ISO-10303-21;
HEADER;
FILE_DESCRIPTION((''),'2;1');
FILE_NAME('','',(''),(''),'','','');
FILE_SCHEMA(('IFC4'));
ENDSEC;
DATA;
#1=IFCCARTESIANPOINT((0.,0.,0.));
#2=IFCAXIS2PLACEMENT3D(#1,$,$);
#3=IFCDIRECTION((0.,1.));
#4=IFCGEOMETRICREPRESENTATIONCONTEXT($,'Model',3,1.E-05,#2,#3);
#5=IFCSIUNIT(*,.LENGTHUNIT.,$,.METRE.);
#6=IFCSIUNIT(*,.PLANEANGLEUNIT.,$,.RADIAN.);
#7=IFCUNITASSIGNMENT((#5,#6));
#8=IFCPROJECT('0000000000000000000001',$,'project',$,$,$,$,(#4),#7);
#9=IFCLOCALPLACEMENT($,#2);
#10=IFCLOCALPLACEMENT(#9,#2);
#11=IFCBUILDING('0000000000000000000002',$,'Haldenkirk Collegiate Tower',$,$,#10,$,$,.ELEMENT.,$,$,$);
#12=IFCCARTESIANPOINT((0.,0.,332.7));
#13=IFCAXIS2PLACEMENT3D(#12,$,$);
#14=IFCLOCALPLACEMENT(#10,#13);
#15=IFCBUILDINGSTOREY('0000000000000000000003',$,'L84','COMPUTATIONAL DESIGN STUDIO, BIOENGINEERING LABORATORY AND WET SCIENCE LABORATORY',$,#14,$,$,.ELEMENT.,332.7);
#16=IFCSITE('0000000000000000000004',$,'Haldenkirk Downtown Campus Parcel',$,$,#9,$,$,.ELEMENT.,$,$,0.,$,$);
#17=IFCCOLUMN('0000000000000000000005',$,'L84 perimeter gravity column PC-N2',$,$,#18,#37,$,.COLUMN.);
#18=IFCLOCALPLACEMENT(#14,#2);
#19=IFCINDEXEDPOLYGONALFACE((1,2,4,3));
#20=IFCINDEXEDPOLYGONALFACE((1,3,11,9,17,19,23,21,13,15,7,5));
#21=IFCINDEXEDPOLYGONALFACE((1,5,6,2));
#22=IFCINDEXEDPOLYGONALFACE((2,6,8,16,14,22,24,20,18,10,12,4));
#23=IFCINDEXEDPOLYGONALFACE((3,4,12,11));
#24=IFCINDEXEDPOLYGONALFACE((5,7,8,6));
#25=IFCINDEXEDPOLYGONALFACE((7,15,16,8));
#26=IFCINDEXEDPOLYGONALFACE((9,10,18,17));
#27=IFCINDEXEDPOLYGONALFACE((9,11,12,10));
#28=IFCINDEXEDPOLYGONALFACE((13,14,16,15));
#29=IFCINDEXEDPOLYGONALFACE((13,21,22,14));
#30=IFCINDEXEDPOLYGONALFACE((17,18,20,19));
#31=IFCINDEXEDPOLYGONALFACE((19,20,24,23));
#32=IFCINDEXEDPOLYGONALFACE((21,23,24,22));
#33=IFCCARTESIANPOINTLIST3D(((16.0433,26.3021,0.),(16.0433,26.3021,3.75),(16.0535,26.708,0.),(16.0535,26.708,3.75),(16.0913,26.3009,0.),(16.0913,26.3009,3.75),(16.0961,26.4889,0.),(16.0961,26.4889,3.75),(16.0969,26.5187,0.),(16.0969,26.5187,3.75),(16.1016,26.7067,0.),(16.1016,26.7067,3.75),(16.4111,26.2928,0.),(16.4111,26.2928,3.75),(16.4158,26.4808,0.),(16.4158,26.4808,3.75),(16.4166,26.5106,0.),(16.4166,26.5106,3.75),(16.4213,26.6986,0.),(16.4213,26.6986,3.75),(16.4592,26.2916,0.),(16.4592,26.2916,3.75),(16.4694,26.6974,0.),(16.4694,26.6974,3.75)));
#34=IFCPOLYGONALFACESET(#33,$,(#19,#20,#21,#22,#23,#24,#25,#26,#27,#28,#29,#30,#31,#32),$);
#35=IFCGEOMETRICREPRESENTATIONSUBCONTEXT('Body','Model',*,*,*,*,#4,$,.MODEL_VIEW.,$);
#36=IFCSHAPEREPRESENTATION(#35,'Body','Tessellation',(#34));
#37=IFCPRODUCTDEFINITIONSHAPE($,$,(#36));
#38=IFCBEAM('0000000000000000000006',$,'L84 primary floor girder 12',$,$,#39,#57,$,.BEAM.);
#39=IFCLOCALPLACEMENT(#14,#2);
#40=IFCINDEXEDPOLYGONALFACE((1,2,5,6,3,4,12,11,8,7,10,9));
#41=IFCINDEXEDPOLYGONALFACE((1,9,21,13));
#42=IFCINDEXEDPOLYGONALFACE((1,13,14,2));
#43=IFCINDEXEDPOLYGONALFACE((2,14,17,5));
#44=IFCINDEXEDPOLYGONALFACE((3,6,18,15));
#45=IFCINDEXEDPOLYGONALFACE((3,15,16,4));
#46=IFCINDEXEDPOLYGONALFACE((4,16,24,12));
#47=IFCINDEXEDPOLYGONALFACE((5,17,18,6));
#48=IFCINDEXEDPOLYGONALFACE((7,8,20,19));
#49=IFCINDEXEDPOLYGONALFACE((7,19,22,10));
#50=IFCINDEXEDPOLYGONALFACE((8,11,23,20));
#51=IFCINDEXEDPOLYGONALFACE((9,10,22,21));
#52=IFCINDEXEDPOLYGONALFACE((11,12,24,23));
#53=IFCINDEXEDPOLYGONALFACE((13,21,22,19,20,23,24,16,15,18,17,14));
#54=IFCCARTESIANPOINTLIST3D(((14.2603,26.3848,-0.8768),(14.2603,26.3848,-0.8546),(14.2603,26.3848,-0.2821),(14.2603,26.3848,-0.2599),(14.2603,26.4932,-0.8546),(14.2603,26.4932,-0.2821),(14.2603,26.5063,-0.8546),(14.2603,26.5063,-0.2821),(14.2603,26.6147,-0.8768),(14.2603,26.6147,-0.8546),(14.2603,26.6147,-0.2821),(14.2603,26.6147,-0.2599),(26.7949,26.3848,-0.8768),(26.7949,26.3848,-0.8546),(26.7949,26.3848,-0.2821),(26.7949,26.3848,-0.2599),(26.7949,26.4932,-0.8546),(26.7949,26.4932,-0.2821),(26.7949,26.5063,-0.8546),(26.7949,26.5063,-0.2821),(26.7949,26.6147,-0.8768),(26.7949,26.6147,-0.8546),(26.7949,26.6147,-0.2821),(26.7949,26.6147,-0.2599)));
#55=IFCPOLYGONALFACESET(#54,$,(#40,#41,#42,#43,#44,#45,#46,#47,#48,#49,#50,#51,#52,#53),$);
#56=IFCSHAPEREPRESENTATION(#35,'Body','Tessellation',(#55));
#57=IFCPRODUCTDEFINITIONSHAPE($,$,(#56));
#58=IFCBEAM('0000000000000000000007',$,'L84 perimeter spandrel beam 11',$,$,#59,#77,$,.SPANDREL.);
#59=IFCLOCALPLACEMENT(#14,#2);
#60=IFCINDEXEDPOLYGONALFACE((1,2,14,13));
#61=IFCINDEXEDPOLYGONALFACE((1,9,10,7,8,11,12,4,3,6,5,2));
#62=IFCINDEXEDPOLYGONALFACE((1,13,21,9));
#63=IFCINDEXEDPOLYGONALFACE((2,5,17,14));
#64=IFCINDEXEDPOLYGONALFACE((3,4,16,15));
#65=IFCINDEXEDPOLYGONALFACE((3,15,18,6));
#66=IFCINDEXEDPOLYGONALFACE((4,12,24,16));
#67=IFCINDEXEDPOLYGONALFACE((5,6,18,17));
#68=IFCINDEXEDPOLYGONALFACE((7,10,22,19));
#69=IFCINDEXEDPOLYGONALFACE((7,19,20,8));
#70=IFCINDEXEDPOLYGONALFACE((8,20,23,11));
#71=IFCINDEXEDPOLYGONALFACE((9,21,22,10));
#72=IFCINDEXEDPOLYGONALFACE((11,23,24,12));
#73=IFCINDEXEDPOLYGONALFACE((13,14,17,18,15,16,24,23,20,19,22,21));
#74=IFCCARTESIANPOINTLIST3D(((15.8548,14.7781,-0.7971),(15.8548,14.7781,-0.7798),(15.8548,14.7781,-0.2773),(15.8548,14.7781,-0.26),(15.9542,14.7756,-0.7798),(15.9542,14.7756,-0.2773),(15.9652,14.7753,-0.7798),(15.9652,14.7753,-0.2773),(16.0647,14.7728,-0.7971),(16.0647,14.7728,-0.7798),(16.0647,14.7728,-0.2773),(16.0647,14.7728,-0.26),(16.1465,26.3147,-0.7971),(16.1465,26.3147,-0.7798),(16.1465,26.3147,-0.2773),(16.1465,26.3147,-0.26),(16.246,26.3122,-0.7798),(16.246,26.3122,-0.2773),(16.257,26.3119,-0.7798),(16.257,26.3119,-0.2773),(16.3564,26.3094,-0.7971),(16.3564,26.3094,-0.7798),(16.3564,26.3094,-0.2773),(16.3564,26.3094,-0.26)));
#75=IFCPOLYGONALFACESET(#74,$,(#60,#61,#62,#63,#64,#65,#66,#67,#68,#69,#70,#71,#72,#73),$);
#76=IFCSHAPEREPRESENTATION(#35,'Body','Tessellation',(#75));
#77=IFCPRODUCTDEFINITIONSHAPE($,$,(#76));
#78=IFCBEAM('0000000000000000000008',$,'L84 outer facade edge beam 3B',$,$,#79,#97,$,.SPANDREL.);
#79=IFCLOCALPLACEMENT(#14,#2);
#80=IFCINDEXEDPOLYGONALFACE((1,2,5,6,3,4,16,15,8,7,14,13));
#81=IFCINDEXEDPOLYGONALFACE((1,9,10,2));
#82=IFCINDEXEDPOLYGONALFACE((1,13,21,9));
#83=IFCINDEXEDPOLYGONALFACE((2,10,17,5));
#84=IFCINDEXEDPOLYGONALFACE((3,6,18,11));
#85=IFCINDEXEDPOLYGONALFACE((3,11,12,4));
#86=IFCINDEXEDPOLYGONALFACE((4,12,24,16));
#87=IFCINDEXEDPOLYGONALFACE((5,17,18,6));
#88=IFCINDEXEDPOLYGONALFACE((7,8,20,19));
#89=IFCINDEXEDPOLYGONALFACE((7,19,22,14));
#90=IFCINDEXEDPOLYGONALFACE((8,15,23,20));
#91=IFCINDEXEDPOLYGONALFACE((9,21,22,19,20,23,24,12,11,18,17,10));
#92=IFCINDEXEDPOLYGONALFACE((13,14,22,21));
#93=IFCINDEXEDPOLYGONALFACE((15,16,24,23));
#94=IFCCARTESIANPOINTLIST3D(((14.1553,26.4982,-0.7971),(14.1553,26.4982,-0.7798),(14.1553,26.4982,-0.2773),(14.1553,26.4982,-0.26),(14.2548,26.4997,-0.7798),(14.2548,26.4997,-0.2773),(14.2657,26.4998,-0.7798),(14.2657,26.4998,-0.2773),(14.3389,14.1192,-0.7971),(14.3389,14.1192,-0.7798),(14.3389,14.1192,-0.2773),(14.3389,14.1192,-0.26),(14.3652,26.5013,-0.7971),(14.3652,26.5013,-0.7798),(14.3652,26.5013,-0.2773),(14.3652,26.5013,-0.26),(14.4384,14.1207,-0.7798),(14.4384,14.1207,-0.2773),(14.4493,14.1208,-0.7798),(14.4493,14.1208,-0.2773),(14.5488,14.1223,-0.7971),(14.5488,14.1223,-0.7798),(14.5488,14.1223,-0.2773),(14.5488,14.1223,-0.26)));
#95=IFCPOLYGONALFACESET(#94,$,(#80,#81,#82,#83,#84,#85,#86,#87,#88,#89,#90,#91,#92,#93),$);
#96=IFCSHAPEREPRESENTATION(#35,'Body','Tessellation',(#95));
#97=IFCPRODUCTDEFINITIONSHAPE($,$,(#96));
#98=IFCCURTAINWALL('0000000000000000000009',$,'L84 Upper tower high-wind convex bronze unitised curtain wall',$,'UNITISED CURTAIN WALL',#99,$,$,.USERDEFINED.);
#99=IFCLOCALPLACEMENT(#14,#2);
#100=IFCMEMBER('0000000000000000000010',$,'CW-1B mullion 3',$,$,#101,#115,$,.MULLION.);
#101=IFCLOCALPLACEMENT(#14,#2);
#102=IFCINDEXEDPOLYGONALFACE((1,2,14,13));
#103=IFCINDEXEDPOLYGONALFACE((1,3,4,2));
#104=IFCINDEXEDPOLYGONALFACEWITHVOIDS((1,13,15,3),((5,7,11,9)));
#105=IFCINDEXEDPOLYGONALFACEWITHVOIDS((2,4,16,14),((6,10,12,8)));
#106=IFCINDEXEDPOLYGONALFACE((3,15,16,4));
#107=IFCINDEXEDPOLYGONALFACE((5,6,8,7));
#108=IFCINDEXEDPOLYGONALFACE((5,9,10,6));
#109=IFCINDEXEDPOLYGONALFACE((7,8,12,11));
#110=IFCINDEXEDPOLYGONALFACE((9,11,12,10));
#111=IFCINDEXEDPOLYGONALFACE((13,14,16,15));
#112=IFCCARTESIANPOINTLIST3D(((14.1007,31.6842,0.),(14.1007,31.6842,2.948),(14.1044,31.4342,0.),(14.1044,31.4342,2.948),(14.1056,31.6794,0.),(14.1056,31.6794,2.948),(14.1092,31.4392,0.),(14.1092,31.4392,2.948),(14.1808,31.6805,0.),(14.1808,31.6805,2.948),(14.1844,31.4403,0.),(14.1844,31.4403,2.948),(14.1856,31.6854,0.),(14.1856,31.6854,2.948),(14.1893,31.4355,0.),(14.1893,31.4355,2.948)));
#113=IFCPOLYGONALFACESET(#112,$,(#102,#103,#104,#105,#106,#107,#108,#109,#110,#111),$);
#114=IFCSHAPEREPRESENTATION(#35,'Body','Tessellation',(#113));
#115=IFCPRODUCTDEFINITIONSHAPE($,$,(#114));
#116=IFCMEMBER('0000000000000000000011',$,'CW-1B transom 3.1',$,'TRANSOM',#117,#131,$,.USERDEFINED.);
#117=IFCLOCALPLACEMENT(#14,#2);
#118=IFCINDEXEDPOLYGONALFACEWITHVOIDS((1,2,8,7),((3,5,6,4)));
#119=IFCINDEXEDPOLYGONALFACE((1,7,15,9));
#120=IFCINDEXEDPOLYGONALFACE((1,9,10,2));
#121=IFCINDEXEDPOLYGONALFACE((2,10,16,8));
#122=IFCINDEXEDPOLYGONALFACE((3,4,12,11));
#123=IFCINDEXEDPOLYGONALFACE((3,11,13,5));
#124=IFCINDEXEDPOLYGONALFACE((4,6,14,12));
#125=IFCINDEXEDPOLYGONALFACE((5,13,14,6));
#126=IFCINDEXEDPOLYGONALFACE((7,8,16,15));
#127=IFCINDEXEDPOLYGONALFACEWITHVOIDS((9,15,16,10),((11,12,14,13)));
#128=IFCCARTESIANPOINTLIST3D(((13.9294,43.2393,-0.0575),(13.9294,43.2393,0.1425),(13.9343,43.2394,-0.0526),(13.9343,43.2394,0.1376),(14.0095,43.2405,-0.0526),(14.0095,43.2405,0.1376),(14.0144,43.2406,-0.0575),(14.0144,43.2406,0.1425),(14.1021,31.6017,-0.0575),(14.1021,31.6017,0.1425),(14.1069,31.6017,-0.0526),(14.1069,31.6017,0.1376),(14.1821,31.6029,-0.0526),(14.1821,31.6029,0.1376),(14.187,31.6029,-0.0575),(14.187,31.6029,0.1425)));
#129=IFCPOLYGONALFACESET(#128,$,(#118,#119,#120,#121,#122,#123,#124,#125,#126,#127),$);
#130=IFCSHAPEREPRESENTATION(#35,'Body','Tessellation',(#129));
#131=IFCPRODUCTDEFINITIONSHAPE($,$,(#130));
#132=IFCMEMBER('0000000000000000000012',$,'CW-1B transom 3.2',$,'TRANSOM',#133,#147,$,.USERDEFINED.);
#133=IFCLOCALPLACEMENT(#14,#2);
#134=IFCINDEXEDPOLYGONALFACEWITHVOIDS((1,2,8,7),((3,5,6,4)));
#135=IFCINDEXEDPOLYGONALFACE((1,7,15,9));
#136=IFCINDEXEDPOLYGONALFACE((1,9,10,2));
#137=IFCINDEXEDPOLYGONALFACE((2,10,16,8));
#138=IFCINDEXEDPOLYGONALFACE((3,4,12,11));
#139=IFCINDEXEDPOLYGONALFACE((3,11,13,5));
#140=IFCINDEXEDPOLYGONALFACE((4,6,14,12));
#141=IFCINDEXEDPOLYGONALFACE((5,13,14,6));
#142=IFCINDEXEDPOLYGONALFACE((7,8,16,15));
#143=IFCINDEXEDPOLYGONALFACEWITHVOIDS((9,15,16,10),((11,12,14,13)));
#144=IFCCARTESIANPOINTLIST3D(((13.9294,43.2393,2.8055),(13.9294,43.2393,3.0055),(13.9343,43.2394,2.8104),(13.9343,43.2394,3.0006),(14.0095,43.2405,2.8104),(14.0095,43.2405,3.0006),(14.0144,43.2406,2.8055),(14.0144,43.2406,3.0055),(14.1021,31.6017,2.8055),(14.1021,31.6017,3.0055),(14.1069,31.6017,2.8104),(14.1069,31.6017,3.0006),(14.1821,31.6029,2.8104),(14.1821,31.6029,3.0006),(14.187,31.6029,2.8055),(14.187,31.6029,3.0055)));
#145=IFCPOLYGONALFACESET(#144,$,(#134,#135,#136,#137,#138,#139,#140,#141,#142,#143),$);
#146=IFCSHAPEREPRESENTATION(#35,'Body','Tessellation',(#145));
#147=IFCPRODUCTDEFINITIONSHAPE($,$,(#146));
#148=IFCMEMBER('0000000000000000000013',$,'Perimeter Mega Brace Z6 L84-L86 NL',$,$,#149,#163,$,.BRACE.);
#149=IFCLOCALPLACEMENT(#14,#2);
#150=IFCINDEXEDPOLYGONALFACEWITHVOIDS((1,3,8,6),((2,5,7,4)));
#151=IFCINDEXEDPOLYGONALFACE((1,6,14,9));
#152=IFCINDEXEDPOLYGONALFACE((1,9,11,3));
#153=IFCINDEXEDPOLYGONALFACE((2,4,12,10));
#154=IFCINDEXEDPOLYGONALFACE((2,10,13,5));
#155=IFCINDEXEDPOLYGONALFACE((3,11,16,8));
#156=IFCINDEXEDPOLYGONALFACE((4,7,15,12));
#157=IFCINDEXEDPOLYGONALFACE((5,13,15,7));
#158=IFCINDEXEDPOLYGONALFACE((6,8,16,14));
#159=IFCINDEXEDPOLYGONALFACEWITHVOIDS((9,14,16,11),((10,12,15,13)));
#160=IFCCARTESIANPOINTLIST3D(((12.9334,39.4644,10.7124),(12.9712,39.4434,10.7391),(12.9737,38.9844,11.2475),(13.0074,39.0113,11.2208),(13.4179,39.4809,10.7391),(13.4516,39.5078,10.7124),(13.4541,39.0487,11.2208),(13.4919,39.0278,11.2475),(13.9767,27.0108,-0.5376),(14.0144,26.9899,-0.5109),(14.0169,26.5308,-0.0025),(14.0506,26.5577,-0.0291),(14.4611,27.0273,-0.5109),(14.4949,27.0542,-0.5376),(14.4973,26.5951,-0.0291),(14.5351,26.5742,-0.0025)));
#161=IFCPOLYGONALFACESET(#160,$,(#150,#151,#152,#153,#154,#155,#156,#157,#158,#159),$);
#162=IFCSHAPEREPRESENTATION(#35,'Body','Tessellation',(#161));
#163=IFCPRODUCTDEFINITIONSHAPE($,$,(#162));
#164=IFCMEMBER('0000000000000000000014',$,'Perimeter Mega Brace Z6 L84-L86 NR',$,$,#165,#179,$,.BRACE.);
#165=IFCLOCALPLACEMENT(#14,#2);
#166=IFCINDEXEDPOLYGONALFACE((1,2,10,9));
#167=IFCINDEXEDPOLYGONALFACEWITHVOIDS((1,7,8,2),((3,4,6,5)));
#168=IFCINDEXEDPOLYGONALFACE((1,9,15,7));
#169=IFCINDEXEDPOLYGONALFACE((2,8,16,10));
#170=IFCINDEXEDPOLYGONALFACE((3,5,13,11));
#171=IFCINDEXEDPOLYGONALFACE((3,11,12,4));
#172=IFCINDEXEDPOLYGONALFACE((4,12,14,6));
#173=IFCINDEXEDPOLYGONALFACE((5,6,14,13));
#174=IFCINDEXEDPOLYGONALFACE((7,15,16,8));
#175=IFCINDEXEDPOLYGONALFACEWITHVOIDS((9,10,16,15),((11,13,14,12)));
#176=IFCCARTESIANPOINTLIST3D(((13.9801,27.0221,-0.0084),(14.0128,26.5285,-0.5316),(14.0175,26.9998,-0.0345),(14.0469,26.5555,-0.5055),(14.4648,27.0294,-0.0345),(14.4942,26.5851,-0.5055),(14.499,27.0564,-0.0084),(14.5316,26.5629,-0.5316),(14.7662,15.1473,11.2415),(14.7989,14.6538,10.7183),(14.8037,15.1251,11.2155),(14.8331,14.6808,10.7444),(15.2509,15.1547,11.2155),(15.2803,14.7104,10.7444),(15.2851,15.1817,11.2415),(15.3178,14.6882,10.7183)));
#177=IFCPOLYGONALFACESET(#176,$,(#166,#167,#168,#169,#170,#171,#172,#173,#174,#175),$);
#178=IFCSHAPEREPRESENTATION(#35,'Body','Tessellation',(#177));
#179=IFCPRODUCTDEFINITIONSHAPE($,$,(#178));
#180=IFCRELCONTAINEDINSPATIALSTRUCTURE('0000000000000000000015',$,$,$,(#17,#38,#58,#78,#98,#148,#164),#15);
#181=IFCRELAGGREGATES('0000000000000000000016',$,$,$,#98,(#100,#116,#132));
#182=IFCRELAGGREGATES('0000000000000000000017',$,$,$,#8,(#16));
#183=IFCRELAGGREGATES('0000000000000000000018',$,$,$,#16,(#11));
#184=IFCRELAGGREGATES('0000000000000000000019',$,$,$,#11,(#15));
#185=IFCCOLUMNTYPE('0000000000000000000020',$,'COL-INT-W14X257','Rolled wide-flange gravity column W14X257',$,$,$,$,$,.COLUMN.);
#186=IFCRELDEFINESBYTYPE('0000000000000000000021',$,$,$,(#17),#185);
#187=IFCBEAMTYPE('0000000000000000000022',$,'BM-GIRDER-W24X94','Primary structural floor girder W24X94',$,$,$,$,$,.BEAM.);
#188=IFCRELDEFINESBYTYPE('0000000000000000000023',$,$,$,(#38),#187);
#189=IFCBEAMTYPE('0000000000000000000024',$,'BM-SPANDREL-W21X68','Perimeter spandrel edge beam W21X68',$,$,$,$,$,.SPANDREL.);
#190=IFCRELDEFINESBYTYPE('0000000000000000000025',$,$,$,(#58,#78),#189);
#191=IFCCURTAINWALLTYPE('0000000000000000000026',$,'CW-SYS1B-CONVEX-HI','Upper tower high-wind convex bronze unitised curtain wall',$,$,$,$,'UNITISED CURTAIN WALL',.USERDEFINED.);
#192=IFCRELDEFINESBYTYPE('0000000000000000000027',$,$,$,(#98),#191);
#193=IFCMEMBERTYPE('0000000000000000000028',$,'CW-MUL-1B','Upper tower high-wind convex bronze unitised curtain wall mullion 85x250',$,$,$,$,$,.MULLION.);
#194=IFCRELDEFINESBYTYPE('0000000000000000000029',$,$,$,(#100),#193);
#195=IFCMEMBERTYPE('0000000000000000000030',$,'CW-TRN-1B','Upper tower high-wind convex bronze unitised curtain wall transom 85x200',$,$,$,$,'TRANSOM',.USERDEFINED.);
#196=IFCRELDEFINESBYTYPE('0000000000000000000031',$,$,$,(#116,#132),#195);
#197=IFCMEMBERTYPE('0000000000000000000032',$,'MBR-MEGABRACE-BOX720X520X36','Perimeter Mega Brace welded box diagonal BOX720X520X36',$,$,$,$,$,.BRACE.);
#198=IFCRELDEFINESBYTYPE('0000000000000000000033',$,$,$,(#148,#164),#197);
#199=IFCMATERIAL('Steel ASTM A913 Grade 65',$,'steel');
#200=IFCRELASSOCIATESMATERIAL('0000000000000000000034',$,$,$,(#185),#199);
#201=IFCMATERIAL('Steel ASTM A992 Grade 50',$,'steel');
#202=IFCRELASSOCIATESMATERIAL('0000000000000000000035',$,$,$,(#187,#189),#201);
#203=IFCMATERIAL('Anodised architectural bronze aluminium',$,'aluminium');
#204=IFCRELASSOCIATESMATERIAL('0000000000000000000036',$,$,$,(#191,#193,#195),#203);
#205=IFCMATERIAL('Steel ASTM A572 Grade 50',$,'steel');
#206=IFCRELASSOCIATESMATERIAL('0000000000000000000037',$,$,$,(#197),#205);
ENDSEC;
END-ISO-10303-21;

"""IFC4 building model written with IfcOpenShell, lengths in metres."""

from ifc_helpers import new_model, si_unit, direction, frame, origin, origin_2d, place, context, subcontext, project, spatial, hollow_rectangle, i_section, extrude, material, material_profile, profile_set, type_object, element, aggregate, save


model = new_model("IFC4")

# Units and contexts
model_context = context("Model", 3, precision=1e-05, world=origin(), true_north=direction((0.0, 1.0)))
body_context = subcontext(model_context, "Body", "Model", "MODEL_VIEW")
ifc_project = project(units=[si_unit("LENGTHUNIT", "METRE"), si_unit("PLANEANGLEUNIT", "RADIAN")], contexts=[model_context])

# Site, building, storey
site_placement = place(None, origin())
site = spatial("IfcSite", under=ifc_project, at=site_placement, Name="Haldenkirk Downtown Campus Parcel", CompositionType="ELEMENT", RefElevation=0.0)
building_placement = place(site_placement, origin())
building = spatial("IfcBuilding", under=site, at=building_placement, Name="Haldenkirk Collegiate Tower", CompositionType="ELEMENT")
storey_placement = place(building_placement, frame((0.0, 0.0, 332.7)))
storey = spatial("IfcBuildingStorey", under=building, at=storey_placement, Name="L84", Description="COMPUTATIONAL DESIGN STUDIO, BIOENGINEERING LABORATORY AND WET SCIENCE LABORATORY", CompositionType="ELEMENT", Elevation=332.7)

# Column
ifc_material_1 = material(Name="Steel ASTM A913 Grade 65", Category="steel")
ifc_material_profile_1 = material_profile(ifc_material_1, i_section(OverallWidth=0.406, OverallDepth=0.416, WebThickness=0.0298, FlangeThickness=0.0481, at=origin_2d()), Name="W14X257")
ifc_profile_set_1 = profile_set([ifc_material_profile_1], Name="Steel ASTM A913 Grade 65")
column_type = type_object("IfcColumnType", Name="COL-INT-W14X257", Description="Rolled wide-flange gravity column W14X257", PredefinedType="COLUMN", material=ifc_profile_set_1)
column_placement = place(storey_placement, frame((16.2563, 26.4998, 0.0), z_axis=(0.0, 0.0, 1.0), x_axis=(0.025305, 0.99968, 0.0)))
element("IfcColumn", 1, at=column_placement, inside=storey, type_object=column_type, Name="L84 perimeter gravity column PC-N2", PredefinedType="COLUMN", context=body_context, shape_type="SweptSolid", body=[
    extrude(i_section(OverallWidth=0.406, OverallDepth=0.416, WebThickness=0.0298, FlangeThickness=0.0481, at=origin_2d()), origin(), (0.0, 0.0, 1.0), 3.75),
])

# Beams
ifc_material_2 = material(Name="Steel ASTM A992 Grade 50", Category="steel")
ifc_material_profile_2 = material_profile(ifc_material_2, i_section(OverallWidth=0.23, OverallDepth=0.6169, WebThickness=0.0132, FlangeThickness=0.0222, at=origin_2d()), Name="W24X94")
ifc_profile_set_2 = profile_set([ifc_material_profile_2], Name="Steel ASTM A992 Grade 50")
beam_type_1 = type_object("IfcBeamType", Name="BM-GIRDER-W24X94", Description="Primary structural floor girder W24X94", PredefinedType="BEAM", material=ifc_profile_set_2)
beam_1_placement = place(storey_placement, frame((14.2603, 26.4998, -0.5684), z_axis=(1.0, 0.0, 0.0), x_axis=(0.0, 1.0, 0.0)))
element("IfcBeam", 2, at=beam_1_placement, inside=storey, type_object=beam_type_1, Name="L84 primary floor girder 12", PredefinedType="BEAM", context=body_context, shape_type="SweptSolid", body=[
    extrude(i_section(OverallWidth=0.23, OverallDepth=0.6169, WebThickness=0.0132, FlangeThickness=0.0222, at=origin_2d()), origin(), (0.0, 0.0, 1.0), 12.5347),
])
ifc_material_profile_3 = material_profile(ifc_material_2, i_section(OverallWidth=0.21, OverallDepth=0.5371, WebThickness=0.011, FlangeThickness=0.0173, at=origin_2d()), Name="W21X68")
ifc_profile_set_3 = profile_set([ifc_material_profile_3], Name="Steel ASTM A992 Grade 50")
beam_type_2 = type_object("IfcBeamType", Name="BM-SPANDREL-W21X68", Description="Perimeter spandrel edge beam W21X68", PredefinedType="SPANDREL", material=ifc_profile_set_3)
beam_2_placement = place(storey_placement, frame((16.2515, 26.312, -0.5286), z_axis=(-0.025281, -0.99968, 0.0), x_axis=(0.99968, -0.025281, 0.0)))
element("IfcBeam", 3, at=beam_2_placement, inside=storey, type_object=beam_type_2, Name="L84 perimeter spandrel beam 11", PredefinedType="SPANDREL", context=body_context, shape_type="SweptSolid", body=[
    extrude(i_section(OverallWidth=0.21, OverallDepth=0.5371, WebThickness=0.011, FlangeThickness=0.0173, at=origin_2d()), origin(), (0.0, 0.0, 1.0), 11.5403),
])
beam_3_placement = place(storey_placement, frame((14.2603, 26.4998, -0.5286), z_axis=(0.01483, -0.99989, 0.0), x_axis=(0.99989, 0.01483, 0.0)))
element("IfcBeam", 4, at=beam_3_placement, inside=storey, type_object=beam_type_2, Name="L84 outer facade edge beam 3B", PredefinedType="SPANDREL", context=body_context, shape_type="SweptSolid", body=[
    extrude(i_section(OverallWidth=0.21, OverallDepth=0.5371, WebThickness=0.011, FlangeThickness=0.0173, at=origin_2d()), origin(), (0.0, 0.0, 1.0), 12.3804),
])

# Curtain wall, members
ifc_material_3 = material(Name="Anodised architectural bronze aluminium", Category="aluminium")
curtain_wall_type = type_object("IfcCurtainWallType", Name="CW-SYS1B-CONVEX-HI", Description="Upper tower high-wind convex bronze unitised curtain wall", ElementType="UNITISED CURTAIN WALL", PredefinedType="USERDEFINED", material=ifc_material_3)
curtain_wall_placement = place(storey_placement, origin())
curtain_wall = element("IfcCurtainWall", 5, at=curtain_wall_placement, inside=storey, type_object=curtain_wall_type, Name="L84 Upper tower high-wind convex bronze unitised curtain wall", ObjectType="UNITISED CURTAIN WALL", PredefinedType="USERDEFINED")
ifc_material_profile_4 = material_profile(ifc_material_3, hollow_rectangle(XDim=0.085, YDim=0.25, WallThickness=0.0049, at=origin_2d()), Name="CW-MUL-1B")
ifc_profile_set_4 = profile_set([ifc_material_profile_4], Name="Anodised architectural bronze aluminium")
member_type_1 = type_object("IfcMemberType", Name="CW-MUL-1B", Description="Upper tower high-wind convex bronze unitised curtain wall mullion 85x250", PredefinedType="MULLION", material=ifc_profile_set_4)
member_1_placement = place(storey_placement, frame((14.145, 31.5598, 0.0), z_axis=(0.0, 0.0, 1.0), x_axis=(-0.99989, -0.014833, 0.0)))
member_1 = element("IfcMember", 6, at=member_1_placement, type_object=member_type_1, Name="CW-1B mullion 3", PredefinedType="MULLION", context=body_context, shape_type="SweptSolid", body=[
    extrude(hollow_rectangle(XDim=0.085, YDim=0.25, WallThickness=0.0049, at=origin_2d()), origin(), (0.0, 0.0, 1.0), 2.948),
])
ifc_material_profile_5 = material_profile(ifc_material_3, hollow_rectangle(XDim=0.085, YDim=0.2, WallThickness=0.0049, at=origin_2d()), Name="CW-TRN-1B")
ifc_profile_set_5 = profile_set([ifc_material_profile_5], Name="Anodised architectural bronze aluminium")
member_type_2 = type_object("IfcMemberType", Name="CW-TRN-1B", Description="Upper tower high-wind convex bronze unitised curtain wall transom 85x200", ElementType="TRANSOM", PredefinedType="USERDEFINED", material=ifc_profile_set_5)
member_2_placement = place(storey_placement, frame((14.1445, 31.6023, 0.0425), z_axis=(-0.01483, 0.99989, 0.0), x_axis=(-0.99989, -0.01483, 0.0)))
member_2 = element("IfcMember", 7, at=member_2_placement, type_object=member_type_2, Name="CW-1B transom 3.1", ObjectType="TRANSOM", PredefinedType="USERDEFINED", context=body_context, shape_type="SweptSolid", body=[
    extrude(hollow_rectangle(XDim=0.085, YDim=0.2, WallThickness=0.0049, at=origin_2d()), origin(), (0.0, 0.0, 1.0), 11.6389),
])
member_3_placement = place(storey_placement, frame((14.1445, 31.6023, 2.9055), z_axis=(-0.01483, 0.99989, 0.0), x_axis=(-0.99989, -0.01483, 0.0)))
member_3 = element("IfcMember", 8, at=member_3_placement, type_object=member_type_2, Name="CW-1B transom 3.2", ObjectType="TRANSOM", PredefinedType="USERDEFINED", context=body_context, shape_type="SweptSolid", body=[
    extrude(hollow_rectangle(XDim=0.085, YDim=0.2, WallThickness=0.0049, at=origin_2d()), origin(), (0.0, 0.0, 1.0), 11.6389),
])

# Members
ifc_material_4 = material(Name="Steel ASTM A572 Grade 50", Category="steel")
ifc_material_profile_6 = material_profile(ifc_material_4, hollow_rectangle(XDim=0.52, YDim=0.72, WallThickness=0.0359, at=origin_2d()), Name="BOX720X520X36")
ifc_profile_set_6 = profile_set([ifc_material_profile_6], Name="Steel ASTM A572 Grade 50")
member_type_3 = type_object("IfcMemberType", Name="MBR-MEGABRACE-BOX720X520X36", Description="Perimeter Mega Brace welded box diagonal BOX720X520X36", PredefinedType="BRACE", material=ifc_profile_set_6)
member_4_placement = place(storey_placement, frame((14.2559, 26.7925, -0.27), z_axis=(-0.062041, 0.740626, 0.669047), x_axis=(-0.99651, -0.083476, 0.0)))
element("IfcMember", 9, at=member_4_placement, inside=storey, type_object=member_type_3, Name="Perimeter Mega Brace Z6 L84-L86 NL", PredefinedType="BRACE", context=body_context, shape_type="SweptSolid", body=[
    extrude(hollow_rectangle(XDim=0.52, YDim=0.72, WallThickness=0.0359, at=origin_2d()), origin(), (0.0, 0.0, 1.0), 16.8149),
])
member_5_placement = place(storey_placement, frame((14.2559, 26.7925, -0.27), z_axis=(0.048004, -0.725109, 0.686959), x_axis=(0.997816, 0.066057, 0.0)))
element("IfcMember", 10, at=member_5_placement, inside=storey, type_object=member_type_3, Name="Perimeter Mega Brace Z6 L84-L86 NR", PredefinedType="BRACE", context=body_context, shape_type="SweptSolid", body=[
    extrude(hollow_rectangle(XDim=0.52, YDim=0.72, WallThickness=0.0359, at=origin_2d()), origin(), (0.0, 0.0, 1.0), 16.3765),
])

aggregate(curtain_wall, [member_1, member_2, member_3])

save(model, "model.ifc")
